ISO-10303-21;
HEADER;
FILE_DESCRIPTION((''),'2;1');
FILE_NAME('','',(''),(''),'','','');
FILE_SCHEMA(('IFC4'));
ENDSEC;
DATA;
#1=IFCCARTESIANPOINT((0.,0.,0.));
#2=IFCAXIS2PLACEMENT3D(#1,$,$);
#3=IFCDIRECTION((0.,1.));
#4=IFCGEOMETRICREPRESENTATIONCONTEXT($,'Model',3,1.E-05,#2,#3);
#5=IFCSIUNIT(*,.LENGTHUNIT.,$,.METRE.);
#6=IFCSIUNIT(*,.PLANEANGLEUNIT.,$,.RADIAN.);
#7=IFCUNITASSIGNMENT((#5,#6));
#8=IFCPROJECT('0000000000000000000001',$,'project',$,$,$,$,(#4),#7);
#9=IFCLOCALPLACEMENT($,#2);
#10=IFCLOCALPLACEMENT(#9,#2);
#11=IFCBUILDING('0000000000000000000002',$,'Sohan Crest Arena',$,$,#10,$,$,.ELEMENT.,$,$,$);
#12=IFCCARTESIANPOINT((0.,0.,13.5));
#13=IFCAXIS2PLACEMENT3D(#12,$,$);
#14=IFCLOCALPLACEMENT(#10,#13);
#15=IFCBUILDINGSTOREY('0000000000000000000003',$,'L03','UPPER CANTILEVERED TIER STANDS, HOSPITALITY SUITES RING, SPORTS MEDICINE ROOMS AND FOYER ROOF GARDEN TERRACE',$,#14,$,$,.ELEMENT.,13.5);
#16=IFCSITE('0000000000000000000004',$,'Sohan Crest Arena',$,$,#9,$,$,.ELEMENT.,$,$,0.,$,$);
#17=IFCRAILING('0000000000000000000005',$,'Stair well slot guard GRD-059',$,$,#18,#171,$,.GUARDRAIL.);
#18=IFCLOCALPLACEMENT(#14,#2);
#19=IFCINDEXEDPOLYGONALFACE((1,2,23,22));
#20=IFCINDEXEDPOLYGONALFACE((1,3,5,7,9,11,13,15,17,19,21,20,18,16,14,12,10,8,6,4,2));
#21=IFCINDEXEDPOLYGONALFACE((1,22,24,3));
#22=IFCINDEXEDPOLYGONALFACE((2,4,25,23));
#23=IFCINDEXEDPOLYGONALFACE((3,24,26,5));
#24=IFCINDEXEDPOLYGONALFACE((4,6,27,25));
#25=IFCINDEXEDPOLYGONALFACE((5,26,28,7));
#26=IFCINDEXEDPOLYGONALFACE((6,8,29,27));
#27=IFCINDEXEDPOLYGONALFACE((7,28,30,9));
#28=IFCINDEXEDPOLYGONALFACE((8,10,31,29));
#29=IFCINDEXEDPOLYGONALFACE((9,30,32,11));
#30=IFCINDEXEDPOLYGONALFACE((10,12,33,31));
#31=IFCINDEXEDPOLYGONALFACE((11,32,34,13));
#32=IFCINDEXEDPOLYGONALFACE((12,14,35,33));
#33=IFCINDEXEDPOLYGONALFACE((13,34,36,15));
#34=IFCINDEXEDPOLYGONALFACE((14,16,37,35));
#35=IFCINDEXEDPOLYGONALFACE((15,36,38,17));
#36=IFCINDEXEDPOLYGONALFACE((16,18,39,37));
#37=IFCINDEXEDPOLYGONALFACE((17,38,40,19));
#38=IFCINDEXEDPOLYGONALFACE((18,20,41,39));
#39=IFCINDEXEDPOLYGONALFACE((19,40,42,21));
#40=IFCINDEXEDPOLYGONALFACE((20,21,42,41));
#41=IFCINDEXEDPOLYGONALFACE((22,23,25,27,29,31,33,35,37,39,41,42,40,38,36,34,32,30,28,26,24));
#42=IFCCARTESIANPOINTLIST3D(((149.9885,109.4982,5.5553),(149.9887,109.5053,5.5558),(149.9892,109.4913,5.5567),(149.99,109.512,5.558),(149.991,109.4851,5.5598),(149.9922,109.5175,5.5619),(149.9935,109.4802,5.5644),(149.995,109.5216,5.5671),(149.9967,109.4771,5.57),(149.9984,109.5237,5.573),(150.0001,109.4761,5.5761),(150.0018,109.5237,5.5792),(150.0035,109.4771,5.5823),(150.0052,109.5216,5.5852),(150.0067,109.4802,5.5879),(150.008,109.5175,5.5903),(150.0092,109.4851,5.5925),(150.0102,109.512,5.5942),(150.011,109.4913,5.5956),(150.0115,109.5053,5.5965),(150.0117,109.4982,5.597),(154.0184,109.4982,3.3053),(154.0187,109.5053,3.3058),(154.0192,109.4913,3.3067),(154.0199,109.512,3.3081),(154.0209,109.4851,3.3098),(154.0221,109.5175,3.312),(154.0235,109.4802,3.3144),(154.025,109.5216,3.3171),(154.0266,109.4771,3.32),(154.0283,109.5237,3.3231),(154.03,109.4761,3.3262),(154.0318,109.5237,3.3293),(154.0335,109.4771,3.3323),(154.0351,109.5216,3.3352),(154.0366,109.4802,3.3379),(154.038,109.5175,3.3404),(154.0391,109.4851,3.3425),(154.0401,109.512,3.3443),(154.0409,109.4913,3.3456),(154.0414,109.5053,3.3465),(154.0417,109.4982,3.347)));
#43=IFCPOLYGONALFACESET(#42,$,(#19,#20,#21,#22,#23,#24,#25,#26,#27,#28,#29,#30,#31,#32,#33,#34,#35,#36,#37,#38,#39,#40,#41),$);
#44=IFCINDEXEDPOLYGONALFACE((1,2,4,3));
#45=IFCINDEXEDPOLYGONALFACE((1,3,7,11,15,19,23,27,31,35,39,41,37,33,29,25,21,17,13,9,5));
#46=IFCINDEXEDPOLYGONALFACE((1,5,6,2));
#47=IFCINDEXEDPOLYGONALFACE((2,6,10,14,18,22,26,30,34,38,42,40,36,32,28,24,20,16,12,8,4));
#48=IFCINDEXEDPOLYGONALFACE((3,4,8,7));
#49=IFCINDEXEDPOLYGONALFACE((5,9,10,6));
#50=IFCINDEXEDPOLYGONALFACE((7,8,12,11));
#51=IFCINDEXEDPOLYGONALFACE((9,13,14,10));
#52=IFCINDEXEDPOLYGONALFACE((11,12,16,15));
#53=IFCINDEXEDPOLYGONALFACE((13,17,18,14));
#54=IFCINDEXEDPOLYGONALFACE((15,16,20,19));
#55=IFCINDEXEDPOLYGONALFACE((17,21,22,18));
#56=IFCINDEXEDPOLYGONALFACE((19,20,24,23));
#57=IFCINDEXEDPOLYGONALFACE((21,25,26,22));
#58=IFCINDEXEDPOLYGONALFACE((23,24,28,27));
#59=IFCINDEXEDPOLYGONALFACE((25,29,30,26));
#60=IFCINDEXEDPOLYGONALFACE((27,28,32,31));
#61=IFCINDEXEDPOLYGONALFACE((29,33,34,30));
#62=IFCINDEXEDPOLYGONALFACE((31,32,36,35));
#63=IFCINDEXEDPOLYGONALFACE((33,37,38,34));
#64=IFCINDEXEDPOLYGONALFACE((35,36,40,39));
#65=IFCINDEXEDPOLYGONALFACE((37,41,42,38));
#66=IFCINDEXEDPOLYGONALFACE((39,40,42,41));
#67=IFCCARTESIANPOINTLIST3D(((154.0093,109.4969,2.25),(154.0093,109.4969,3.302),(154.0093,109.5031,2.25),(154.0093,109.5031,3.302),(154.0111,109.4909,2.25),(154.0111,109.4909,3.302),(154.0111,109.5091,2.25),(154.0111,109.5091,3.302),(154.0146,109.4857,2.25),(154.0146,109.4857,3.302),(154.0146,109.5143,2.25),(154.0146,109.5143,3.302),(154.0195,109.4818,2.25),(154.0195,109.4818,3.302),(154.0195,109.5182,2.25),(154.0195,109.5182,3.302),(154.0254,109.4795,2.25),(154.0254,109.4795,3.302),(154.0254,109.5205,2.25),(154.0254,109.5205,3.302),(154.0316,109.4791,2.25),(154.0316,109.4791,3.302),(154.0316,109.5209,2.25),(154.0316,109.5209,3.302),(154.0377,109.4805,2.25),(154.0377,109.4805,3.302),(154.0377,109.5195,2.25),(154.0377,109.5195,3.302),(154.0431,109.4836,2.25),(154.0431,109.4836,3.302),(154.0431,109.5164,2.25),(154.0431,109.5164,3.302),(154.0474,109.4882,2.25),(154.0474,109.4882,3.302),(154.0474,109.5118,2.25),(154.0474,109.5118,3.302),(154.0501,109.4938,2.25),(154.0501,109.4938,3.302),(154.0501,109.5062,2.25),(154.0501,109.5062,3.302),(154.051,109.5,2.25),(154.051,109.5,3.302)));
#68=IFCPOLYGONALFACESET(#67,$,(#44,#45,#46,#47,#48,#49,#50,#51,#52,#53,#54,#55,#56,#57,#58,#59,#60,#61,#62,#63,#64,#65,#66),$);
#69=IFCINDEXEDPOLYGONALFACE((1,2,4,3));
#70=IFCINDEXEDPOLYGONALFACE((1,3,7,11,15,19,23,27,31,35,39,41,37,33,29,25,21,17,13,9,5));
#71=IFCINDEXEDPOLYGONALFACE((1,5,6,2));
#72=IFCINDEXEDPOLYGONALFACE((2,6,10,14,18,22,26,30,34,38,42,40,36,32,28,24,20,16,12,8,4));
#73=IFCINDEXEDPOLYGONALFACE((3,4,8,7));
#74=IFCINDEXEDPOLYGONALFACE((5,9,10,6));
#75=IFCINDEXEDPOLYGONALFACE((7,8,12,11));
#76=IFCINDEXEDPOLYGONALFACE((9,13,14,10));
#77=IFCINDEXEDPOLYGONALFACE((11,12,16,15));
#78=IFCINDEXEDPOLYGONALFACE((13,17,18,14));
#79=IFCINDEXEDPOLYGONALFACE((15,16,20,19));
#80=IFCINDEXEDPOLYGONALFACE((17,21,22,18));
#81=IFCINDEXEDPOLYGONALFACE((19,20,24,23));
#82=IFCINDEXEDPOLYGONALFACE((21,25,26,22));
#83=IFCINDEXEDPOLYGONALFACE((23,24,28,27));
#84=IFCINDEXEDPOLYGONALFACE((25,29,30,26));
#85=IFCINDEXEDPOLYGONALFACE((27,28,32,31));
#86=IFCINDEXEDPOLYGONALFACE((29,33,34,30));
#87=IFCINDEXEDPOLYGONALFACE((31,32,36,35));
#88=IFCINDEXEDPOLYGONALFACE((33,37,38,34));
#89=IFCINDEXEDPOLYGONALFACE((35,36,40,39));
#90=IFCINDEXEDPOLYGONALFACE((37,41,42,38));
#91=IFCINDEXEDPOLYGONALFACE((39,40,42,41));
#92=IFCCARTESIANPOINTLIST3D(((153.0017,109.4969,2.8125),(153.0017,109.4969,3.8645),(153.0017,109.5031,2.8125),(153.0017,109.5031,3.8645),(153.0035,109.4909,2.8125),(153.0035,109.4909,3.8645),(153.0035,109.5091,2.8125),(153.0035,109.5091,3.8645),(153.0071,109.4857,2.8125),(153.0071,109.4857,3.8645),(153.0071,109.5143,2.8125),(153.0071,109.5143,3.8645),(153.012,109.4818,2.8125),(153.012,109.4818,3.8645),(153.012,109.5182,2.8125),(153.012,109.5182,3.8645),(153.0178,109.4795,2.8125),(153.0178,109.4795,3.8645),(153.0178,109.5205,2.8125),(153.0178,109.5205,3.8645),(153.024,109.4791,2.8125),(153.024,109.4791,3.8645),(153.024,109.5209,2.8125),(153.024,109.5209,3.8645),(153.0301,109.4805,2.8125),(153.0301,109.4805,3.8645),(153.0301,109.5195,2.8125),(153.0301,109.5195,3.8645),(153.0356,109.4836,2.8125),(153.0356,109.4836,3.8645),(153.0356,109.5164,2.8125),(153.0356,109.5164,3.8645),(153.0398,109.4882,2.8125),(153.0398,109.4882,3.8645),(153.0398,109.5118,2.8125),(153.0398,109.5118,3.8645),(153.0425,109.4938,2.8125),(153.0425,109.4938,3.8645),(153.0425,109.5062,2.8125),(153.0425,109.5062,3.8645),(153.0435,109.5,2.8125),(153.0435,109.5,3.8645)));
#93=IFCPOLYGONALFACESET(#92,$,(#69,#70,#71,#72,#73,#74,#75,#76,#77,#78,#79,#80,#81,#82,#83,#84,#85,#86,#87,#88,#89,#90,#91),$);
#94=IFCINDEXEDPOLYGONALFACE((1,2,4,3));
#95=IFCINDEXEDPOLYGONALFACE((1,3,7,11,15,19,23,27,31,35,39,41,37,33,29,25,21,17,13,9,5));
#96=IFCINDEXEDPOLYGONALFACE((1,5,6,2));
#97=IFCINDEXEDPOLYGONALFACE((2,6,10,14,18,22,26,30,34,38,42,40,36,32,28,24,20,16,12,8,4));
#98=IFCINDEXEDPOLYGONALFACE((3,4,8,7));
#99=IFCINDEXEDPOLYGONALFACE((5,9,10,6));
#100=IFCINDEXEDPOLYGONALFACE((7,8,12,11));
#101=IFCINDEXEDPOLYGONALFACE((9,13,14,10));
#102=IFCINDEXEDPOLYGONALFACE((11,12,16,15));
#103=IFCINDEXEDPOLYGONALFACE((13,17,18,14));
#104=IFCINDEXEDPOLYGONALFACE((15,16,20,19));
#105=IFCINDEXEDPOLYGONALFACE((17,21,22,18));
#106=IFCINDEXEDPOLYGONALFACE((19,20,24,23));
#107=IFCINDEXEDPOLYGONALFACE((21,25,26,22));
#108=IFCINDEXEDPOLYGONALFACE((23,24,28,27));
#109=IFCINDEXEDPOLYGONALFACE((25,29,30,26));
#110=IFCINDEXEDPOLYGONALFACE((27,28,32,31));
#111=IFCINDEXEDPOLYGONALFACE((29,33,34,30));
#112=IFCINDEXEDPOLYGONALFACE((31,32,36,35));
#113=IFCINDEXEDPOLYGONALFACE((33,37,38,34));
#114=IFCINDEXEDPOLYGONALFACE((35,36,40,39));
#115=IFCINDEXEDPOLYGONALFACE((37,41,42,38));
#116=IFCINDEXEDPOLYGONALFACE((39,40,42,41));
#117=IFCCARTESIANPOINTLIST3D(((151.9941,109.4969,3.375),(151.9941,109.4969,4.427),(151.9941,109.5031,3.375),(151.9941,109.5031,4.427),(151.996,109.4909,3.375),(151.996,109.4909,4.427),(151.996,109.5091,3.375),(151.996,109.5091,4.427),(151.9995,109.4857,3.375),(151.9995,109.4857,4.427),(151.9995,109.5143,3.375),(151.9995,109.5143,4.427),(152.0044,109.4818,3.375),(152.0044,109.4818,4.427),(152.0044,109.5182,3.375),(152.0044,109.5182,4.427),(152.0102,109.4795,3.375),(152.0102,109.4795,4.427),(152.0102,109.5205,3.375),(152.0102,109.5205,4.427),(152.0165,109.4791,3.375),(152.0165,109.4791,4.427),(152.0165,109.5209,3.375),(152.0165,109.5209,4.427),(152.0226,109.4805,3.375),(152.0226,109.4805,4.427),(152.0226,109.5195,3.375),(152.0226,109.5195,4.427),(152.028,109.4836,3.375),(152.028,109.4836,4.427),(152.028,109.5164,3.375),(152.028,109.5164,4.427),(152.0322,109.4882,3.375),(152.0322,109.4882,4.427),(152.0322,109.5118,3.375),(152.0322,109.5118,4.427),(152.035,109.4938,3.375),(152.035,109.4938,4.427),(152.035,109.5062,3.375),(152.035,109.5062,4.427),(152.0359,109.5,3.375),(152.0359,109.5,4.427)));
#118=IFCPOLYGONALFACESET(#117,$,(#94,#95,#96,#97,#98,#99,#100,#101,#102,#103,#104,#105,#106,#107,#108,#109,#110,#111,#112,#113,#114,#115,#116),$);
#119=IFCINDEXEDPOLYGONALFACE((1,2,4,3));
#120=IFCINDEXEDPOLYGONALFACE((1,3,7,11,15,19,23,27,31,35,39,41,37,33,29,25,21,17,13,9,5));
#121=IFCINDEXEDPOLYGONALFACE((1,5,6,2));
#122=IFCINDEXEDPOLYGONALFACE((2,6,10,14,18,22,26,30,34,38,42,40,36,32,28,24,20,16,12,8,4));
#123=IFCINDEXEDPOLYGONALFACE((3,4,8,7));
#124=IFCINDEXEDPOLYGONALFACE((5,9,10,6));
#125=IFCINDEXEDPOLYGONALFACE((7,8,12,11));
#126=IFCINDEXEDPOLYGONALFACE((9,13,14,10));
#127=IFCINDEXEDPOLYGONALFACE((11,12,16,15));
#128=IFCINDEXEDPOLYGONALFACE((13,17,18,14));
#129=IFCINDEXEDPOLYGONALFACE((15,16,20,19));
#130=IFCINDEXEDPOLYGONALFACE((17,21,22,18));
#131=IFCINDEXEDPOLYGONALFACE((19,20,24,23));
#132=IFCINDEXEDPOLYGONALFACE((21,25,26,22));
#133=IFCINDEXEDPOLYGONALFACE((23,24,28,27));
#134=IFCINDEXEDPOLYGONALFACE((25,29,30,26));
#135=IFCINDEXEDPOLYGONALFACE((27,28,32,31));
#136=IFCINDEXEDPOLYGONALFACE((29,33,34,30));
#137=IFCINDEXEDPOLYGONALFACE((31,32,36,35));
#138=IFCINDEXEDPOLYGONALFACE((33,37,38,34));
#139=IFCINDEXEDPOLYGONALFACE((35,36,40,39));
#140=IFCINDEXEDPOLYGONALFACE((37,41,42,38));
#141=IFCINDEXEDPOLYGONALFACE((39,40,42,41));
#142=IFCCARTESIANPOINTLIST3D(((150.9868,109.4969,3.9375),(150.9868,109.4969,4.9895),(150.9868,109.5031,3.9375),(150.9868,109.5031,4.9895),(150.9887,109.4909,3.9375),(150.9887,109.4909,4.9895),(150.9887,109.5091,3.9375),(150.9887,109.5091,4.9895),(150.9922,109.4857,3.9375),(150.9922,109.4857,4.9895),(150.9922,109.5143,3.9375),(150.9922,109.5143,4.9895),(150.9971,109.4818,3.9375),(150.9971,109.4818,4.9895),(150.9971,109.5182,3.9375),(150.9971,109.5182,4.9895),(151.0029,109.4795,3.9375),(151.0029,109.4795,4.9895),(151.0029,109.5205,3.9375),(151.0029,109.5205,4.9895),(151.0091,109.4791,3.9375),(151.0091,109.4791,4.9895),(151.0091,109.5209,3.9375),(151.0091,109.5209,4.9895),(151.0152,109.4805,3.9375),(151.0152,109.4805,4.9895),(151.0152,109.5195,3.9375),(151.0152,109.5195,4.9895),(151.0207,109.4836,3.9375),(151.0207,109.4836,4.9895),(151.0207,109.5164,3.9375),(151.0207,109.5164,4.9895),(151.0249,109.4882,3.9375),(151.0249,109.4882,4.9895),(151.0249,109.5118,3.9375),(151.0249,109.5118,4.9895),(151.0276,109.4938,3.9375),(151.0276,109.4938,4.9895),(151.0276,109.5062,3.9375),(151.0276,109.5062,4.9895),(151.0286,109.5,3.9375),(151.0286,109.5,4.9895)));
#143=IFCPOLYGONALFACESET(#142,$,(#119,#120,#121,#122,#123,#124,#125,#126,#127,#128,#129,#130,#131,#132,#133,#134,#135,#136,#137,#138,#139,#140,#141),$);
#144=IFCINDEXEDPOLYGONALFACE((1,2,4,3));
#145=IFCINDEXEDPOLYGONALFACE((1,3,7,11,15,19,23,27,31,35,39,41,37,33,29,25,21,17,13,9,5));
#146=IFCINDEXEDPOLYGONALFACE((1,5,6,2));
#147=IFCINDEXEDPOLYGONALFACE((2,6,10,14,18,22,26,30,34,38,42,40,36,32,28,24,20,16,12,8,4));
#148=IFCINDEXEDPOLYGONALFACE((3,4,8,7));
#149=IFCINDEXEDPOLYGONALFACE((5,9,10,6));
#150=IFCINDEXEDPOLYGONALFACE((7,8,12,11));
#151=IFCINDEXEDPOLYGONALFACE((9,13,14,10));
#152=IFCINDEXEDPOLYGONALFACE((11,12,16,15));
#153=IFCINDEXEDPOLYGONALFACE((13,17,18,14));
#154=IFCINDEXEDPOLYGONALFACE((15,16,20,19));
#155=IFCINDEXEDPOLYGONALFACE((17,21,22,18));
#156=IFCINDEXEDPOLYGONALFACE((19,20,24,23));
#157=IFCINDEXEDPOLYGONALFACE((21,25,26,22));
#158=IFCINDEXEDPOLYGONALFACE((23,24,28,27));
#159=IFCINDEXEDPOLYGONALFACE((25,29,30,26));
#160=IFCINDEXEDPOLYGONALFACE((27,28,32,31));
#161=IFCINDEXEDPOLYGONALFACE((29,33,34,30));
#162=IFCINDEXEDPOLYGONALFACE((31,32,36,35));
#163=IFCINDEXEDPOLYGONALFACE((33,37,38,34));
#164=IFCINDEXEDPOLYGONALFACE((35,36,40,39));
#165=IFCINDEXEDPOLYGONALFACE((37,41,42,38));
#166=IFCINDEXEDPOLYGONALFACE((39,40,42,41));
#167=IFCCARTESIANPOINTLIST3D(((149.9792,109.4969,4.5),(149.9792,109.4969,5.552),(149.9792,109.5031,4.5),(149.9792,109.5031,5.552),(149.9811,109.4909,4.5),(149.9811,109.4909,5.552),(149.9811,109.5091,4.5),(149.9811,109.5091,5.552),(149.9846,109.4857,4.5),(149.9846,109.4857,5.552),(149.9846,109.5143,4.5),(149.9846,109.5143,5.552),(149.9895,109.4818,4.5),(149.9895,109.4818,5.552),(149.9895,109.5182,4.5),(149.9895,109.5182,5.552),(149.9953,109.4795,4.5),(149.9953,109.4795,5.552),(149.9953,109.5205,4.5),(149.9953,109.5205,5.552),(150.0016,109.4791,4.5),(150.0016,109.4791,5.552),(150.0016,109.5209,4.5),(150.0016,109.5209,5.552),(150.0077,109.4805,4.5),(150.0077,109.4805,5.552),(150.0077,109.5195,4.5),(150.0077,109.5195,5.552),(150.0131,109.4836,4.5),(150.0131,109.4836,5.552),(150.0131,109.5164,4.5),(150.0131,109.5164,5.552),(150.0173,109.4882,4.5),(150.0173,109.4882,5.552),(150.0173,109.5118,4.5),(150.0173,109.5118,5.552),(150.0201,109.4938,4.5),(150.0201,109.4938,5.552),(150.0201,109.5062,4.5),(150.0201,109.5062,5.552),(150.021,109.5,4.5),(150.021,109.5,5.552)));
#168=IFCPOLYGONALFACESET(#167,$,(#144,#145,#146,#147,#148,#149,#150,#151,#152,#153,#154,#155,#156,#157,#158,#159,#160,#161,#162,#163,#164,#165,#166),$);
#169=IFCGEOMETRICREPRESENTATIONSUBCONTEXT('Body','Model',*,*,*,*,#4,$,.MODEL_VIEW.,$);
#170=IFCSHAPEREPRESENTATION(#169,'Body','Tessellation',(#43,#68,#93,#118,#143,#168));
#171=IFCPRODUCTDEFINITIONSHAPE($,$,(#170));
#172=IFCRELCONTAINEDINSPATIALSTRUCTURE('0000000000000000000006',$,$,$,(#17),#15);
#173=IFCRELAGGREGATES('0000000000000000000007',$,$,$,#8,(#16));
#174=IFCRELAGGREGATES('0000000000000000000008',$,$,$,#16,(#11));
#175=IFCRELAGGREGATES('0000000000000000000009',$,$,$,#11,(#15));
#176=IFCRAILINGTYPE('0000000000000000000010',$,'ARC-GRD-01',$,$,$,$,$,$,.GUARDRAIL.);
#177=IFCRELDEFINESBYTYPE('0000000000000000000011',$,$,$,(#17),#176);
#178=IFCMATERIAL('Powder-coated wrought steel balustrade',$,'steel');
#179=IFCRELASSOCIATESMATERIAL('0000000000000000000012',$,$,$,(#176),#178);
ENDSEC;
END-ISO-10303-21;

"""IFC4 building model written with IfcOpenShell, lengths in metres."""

from ifc_helpers import new_model, si_unit, direction, frame, origin, origin_2d, place, context, subcontext, project, spatial, circle, extrude, material, type_object, element, save


model = new_model("IFC4")

# Units and contexts
model_context = context("Model", 3, precision=1e-05, world=origin(), true_north=direction((0.0, 1.0)))
body_context = subcontext(model_context, "Body", "Model", "MODEL_VIEW")
ifc_project = project(units=[si_unit("LENGTHUNIT", "METRE"), si_unit("PLANEANGLEUNIT", "RADIAN")], contexts=[model_context])

# Site, building, storey
site_placement = place(None, origin())
site = spatial("IfcSite", under=ifc_project, at=site_placement, Name="Sohan Crest Arena", CompositionType="ELEMENT", RefElevation=0.0)
building_placement = place(site_placement, origin())
building = spatial("IfcBuilding", under=site, at=building_placement, Name="Sohan Crest Arena", CompositionType="ELEMENT")
storey_placement = place(building_placement, frame((0.0, 0.0, 13.5)))
storey = spatial("IfcBuildingStorey", under=building, at=storey_placement, Name="L03", Description="UPPER CANTILEVERED TIER STANDS, HOSPITALITY SUITES RING, SPORTS MEDICINE ROOMS AND FOYER ROOF GARDEN TERRACE", CompositionType="ELEMENT", Elevation=13.5)

# Railing
ifc_material_1 = material(Name="Powder-coated wrought steel balustrade", Category="steel")
railing_type_1 = type_object("IfcRailingType", Name="ARC-GRD-01", PredefinedType="GUARDRAIL", material=ifc_material_1)
railing_1_placement = place(storey_placement, frame((154.03, 109.5, 2.25)))
element("IfcRailing", 1, at=railing_1_placement, inside=storey, type_object=railing_type_1, Name="Stair well slot guard GRD-059", PredefinedType="GUARDRAIL", context=body_context, shape_type="SweptSolid", body=[
    extrude(circle(Radius=0.0239, at=origin_2d()), frame((0.0, 0.0, 1.0762), z_axis=(-0.873135, 0.0, 0.487479), x_axis=(0.0, -1.0, 0.0)), (0.0, 0.0, 1.0), 4.6155),
    extrude(circle(Radius=0.021, at=origin_2d()), origin(), (0.0, 0.0, 1.0), 1.052),
    extrude(circle(Radius=0.021, at=origin_2d()), frame((-1.0076, 0.0, 0.5625)), (0.0, 0.0, 1.0), 1.052),
    extrude(circle(Radius=0.021, at=origin_2d()), frame((-2.0151, 0.0, 1.125)), (0.0, 0.0, 1.0), 1.052),
    extrude(circle(Radius=0.021, at=origin_2d()), frame((-3.0225, 0.0, 1.6875)), (0.0, 0.0, 1.0), 1.052),
    extrude(circle(Radius=0.021, at=origin_2d()), frame((-4.03, 0.0, 2.25)), (0.0, 0.0, 1.0), 1.052),
])

save(model, "model.ifc")
